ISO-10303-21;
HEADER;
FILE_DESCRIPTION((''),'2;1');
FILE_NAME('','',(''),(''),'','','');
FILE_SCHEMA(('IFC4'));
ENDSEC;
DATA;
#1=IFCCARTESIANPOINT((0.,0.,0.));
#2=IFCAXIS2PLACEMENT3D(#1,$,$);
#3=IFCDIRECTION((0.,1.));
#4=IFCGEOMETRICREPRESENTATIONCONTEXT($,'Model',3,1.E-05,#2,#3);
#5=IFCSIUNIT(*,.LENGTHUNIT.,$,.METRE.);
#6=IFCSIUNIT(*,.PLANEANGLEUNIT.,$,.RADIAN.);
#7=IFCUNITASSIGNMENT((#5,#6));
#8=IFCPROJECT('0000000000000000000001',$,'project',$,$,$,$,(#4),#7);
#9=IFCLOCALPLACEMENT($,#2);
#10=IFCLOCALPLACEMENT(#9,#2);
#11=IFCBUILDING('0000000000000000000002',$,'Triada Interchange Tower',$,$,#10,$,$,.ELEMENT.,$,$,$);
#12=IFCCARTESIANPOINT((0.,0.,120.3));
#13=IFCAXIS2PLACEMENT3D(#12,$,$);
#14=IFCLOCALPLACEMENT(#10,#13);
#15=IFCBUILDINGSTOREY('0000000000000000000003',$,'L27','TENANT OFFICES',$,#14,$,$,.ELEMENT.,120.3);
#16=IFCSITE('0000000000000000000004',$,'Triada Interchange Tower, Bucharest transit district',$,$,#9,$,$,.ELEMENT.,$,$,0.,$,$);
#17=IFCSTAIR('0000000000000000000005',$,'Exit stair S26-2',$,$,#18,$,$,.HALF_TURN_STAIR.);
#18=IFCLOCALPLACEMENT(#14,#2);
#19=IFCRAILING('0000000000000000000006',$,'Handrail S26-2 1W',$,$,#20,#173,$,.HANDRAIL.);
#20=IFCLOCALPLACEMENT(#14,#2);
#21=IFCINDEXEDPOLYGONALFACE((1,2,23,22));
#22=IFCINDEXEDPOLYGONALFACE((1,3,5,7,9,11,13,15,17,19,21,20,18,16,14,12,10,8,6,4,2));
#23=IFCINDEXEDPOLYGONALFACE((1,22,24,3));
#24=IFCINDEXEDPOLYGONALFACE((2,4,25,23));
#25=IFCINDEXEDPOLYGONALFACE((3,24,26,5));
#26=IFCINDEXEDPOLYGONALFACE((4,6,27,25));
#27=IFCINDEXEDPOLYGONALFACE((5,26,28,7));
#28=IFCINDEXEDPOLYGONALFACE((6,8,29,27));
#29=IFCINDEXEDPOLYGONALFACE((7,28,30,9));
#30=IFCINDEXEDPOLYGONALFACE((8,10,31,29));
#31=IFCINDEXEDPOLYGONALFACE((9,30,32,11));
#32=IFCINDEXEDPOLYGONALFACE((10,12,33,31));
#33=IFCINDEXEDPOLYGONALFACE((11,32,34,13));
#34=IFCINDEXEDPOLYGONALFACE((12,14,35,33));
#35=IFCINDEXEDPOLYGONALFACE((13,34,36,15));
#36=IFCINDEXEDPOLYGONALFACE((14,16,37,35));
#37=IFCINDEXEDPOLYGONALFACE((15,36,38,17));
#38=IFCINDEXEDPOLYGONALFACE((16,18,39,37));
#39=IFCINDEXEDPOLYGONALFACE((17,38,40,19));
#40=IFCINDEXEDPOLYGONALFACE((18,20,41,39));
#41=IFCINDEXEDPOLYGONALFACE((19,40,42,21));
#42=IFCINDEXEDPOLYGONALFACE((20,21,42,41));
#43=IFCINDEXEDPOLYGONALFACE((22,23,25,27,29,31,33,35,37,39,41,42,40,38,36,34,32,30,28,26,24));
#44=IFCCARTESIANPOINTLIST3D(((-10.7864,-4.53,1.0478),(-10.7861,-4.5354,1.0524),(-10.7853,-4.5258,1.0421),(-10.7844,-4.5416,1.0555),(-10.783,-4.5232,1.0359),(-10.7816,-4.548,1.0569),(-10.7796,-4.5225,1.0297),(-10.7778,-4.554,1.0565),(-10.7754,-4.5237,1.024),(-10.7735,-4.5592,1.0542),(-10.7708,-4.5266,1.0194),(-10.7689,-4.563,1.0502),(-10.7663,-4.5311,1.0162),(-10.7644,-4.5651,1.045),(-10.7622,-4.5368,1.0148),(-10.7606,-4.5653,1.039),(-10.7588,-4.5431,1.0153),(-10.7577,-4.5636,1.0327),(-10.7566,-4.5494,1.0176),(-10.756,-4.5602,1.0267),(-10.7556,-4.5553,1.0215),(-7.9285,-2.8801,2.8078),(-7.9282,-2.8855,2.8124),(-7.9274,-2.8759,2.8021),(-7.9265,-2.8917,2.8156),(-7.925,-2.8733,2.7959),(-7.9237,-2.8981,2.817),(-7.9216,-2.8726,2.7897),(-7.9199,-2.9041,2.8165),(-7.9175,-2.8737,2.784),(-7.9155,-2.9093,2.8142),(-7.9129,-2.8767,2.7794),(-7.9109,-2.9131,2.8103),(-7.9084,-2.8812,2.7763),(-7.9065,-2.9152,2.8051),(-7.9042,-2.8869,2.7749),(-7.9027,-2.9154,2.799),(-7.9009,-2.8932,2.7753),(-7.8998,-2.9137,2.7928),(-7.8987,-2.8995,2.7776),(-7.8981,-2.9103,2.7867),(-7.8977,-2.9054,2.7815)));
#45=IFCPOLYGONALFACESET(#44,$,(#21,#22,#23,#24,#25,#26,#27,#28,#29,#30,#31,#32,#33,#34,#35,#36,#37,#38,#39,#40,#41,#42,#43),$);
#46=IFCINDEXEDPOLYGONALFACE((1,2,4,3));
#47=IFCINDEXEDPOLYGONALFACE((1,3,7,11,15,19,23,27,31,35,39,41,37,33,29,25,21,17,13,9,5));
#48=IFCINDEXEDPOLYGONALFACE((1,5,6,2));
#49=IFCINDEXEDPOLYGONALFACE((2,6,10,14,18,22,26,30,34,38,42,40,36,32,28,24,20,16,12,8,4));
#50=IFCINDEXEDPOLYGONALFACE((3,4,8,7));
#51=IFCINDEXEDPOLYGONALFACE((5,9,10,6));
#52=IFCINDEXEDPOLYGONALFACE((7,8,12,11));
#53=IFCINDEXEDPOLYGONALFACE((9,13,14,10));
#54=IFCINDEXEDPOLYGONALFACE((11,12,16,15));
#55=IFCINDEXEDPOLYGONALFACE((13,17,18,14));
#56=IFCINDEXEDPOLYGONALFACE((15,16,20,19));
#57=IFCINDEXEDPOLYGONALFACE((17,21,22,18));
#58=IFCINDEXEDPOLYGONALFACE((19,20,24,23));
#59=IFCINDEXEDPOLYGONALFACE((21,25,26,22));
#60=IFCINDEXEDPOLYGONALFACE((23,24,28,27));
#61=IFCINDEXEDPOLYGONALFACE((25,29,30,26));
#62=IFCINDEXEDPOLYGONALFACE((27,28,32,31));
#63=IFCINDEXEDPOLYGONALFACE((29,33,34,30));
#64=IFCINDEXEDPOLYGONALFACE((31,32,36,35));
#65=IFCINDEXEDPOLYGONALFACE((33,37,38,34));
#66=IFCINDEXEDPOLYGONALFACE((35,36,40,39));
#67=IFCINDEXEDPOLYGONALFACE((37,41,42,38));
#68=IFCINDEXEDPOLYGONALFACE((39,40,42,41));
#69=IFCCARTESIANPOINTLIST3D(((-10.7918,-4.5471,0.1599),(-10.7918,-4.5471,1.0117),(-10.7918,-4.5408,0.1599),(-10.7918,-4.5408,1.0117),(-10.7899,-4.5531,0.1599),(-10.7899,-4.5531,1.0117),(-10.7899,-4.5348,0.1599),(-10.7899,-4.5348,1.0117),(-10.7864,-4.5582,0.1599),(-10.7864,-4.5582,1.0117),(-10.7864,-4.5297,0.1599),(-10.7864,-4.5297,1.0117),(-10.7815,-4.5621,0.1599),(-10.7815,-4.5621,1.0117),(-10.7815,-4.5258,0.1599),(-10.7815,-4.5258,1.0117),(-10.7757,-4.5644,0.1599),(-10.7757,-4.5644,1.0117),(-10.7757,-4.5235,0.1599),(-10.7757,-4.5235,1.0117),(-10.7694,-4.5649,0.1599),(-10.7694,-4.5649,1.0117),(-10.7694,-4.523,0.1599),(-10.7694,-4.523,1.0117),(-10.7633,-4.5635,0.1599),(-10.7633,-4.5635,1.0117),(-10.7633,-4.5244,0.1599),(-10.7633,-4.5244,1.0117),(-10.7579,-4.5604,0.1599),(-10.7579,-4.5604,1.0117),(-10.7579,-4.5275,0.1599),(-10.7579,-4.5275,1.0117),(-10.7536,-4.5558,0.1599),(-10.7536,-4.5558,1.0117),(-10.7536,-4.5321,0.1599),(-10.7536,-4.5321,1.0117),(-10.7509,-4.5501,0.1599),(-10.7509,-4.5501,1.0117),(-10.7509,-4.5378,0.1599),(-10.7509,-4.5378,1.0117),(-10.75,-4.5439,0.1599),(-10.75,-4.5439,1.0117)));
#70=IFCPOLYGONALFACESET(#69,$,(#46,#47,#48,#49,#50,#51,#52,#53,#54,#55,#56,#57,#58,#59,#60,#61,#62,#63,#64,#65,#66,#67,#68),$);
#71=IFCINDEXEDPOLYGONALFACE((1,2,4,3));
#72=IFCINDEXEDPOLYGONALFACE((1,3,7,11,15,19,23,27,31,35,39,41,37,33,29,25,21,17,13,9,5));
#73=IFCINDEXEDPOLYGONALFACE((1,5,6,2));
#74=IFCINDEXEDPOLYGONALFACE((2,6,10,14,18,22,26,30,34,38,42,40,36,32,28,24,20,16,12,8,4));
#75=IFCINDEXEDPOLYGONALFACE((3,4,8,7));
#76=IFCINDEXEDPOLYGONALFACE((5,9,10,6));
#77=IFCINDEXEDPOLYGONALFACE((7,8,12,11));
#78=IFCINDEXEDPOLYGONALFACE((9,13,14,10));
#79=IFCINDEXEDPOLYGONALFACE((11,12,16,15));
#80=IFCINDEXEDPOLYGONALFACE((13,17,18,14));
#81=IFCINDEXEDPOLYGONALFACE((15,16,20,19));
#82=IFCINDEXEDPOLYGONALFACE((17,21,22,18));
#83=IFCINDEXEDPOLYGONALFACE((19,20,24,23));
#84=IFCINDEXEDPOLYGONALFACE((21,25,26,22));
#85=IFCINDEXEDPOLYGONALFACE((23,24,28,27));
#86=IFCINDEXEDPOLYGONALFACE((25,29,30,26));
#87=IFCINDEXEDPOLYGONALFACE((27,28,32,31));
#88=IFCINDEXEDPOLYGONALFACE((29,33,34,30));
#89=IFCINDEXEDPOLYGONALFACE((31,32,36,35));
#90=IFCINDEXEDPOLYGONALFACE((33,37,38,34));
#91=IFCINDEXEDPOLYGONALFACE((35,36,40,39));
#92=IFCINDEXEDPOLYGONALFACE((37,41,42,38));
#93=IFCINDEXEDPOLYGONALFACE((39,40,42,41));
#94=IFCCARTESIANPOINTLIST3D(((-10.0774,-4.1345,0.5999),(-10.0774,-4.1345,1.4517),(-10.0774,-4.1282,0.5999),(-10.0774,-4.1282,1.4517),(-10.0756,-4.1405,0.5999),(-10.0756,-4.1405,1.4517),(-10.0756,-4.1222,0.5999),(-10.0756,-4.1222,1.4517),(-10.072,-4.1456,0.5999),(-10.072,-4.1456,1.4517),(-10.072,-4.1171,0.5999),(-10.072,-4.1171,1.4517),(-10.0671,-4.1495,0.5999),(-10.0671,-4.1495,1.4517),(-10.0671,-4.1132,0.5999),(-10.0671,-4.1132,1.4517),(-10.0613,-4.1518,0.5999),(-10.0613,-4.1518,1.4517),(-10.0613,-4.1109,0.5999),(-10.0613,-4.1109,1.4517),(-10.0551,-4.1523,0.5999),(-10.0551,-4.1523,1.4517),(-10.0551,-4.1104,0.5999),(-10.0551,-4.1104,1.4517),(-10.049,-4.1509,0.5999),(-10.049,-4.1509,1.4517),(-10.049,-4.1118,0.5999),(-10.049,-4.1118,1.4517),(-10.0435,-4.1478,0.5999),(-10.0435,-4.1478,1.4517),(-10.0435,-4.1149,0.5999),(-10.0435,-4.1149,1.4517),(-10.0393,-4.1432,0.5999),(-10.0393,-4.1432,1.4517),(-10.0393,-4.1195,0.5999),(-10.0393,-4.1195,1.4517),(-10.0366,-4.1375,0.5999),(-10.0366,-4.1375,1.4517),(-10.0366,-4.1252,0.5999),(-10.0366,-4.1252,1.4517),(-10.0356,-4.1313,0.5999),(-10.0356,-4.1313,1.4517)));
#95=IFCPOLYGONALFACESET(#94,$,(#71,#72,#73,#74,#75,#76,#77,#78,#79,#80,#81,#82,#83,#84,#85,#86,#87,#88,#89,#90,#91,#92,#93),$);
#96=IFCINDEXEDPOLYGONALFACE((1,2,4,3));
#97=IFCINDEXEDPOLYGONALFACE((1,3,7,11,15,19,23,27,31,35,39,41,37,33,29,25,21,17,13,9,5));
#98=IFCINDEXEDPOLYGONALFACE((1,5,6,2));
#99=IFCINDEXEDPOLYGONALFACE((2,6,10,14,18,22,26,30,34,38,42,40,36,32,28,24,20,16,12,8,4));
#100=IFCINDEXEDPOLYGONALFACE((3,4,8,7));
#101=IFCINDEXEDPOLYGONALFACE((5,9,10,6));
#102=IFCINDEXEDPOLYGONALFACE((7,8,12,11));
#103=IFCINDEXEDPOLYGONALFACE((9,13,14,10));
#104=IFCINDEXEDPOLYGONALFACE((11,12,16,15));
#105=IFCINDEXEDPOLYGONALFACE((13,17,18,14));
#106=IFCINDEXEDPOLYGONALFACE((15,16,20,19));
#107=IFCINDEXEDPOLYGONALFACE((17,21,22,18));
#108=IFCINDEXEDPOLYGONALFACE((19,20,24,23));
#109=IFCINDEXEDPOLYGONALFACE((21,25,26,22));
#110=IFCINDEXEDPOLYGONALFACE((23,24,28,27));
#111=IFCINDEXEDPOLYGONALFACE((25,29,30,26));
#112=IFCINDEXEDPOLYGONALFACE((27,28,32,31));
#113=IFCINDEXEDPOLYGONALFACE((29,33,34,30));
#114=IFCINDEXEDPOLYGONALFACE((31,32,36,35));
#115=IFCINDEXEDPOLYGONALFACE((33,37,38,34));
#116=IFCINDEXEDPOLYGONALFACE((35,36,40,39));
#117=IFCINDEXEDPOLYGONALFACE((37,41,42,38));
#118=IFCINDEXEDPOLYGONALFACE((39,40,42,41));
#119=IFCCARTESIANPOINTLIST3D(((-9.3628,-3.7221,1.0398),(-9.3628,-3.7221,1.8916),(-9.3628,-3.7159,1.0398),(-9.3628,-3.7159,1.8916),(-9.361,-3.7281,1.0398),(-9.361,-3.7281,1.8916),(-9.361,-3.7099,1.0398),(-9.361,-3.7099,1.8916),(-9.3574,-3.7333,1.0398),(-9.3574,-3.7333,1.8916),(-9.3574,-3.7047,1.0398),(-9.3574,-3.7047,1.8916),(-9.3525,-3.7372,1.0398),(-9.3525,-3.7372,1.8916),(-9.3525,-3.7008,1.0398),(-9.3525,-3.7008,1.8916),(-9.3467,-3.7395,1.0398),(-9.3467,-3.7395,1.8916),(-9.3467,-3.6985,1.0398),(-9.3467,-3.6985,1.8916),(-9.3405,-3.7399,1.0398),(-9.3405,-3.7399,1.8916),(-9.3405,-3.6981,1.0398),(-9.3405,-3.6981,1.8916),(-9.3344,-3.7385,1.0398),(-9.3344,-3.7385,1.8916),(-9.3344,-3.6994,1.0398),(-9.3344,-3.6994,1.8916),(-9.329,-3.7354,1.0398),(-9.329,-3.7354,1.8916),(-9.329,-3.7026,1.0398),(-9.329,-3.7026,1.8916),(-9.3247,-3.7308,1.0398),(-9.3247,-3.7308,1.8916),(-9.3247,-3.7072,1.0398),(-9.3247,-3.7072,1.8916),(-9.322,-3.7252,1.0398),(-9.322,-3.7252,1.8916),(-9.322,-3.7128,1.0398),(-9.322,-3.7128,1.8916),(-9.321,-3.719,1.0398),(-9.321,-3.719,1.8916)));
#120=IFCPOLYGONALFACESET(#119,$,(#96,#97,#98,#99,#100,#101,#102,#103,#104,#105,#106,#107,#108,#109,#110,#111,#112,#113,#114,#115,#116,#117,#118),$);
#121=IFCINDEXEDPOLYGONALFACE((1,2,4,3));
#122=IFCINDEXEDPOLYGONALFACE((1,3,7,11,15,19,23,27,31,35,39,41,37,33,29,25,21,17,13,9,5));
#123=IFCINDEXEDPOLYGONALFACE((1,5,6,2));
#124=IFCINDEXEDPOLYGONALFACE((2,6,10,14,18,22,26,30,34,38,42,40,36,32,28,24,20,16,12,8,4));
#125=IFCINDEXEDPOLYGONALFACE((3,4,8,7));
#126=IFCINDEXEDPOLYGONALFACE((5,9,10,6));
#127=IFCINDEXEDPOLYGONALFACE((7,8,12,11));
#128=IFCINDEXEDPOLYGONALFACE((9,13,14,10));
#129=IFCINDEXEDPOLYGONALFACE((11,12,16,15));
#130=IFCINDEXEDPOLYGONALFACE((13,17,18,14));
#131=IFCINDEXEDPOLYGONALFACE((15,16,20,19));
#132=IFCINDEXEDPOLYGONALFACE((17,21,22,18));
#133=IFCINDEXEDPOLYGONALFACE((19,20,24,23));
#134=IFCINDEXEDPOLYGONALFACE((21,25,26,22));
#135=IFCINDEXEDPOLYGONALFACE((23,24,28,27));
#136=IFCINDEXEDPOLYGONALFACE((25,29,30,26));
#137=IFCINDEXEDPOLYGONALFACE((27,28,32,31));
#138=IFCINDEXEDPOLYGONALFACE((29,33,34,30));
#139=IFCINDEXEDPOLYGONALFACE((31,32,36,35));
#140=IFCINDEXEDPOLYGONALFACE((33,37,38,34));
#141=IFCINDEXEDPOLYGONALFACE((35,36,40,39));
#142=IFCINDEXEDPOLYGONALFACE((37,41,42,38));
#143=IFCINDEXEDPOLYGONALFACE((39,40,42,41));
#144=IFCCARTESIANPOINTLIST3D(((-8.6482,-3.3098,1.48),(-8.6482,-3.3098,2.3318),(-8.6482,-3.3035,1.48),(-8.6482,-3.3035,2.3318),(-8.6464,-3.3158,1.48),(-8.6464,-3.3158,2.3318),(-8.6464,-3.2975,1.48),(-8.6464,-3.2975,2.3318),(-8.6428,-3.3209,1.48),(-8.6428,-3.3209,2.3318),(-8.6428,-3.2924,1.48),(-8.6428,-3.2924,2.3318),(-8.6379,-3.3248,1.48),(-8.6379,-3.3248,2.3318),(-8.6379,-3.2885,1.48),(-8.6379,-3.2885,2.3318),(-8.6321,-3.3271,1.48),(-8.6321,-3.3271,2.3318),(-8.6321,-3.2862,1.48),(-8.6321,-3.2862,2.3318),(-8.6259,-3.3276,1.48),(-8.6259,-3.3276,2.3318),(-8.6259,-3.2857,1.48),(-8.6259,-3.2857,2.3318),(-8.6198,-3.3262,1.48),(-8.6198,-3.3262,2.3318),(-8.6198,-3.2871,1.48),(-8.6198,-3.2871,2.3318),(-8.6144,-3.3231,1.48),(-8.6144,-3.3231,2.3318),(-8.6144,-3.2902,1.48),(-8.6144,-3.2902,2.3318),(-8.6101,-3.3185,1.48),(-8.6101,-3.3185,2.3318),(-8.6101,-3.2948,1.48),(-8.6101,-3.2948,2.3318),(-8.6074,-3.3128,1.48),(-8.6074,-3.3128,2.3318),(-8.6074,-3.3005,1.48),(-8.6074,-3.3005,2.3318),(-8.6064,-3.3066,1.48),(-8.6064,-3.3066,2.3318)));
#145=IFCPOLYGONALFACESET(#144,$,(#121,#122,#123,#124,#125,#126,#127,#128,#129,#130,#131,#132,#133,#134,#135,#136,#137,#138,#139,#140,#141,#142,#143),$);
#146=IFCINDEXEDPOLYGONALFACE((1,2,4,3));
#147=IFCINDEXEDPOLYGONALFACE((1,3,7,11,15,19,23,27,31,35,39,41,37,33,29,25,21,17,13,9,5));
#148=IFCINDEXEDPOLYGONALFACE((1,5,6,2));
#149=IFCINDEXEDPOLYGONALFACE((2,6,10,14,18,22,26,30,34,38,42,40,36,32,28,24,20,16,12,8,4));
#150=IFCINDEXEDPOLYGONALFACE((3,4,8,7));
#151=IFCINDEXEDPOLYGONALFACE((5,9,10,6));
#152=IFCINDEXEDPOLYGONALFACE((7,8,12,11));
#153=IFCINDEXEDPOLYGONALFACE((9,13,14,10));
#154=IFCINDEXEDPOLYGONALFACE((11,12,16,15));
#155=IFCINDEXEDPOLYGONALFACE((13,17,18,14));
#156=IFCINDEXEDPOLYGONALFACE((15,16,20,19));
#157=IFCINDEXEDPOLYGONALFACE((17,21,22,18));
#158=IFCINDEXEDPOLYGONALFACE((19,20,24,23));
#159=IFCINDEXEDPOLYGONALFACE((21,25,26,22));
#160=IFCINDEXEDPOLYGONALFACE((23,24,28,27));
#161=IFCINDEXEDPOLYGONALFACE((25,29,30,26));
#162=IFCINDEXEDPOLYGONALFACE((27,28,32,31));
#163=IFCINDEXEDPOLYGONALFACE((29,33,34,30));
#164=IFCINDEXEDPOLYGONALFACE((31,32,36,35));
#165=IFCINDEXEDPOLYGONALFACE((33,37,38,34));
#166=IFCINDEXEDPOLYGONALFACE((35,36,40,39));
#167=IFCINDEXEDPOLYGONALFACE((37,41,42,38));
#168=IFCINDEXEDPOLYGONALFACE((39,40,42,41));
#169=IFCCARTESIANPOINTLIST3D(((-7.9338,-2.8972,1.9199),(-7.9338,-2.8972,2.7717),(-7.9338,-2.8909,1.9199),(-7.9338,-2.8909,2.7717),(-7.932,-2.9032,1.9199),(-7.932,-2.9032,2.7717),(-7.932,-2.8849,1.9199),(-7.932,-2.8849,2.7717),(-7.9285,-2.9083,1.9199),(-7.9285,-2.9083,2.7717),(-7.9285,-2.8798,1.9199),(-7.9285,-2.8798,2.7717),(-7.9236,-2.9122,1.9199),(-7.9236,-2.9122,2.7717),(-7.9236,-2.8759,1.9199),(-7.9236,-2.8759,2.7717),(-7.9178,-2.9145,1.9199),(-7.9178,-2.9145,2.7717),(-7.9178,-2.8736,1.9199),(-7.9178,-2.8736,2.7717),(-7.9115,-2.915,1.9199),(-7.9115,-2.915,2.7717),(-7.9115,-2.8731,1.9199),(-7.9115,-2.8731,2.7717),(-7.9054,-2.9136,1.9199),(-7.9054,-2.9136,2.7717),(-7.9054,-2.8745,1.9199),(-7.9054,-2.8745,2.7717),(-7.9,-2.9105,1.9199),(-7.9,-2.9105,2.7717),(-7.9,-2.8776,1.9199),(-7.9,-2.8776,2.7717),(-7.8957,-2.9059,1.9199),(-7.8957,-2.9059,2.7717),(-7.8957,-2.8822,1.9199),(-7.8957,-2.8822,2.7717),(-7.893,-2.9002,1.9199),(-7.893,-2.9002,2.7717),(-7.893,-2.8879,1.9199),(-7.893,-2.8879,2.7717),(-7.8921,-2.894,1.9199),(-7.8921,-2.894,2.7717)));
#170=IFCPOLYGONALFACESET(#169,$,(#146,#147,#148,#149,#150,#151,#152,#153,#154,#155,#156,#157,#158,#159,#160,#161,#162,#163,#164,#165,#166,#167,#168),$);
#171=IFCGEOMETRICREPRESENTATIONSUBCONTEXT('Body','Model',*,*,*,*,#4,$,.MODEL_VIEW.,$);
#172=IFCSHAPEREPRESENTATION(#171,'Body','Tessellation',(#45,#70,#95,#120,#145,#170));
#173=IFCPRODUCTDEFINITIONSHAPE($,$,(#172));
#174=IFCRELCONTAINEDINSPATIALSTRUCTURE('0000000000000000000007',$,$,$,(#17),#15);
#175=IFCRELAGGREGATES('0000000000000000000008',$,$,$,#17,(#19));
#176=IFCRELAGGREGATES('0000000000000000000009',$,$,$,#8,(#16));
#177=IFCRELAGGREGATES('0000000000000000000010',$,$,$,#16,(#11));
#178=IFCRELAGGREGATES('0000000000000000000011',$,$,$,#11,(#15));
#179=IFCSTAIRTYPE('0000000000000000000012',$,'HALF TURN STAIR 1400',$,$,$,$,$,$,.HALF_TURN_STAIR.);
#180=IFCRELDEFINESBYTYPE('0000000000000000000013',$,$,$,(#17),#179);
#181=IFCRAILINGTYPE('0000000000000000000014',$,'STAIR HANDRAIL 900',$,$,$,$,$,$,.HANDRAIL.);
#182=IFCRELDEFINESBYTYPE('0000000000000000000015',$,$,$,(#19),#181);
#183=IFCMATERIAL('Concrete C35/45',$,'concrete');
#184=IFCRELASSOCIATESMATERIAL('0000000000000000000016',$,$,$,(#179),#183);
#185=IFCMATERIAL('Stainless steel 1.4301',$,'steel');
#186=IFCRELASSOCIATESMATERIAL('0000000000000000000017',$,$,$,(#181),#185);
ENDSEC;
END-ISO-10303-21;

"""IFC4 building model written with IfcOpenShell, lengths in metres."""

from ifc_helpers import new_model, si_unit, direction, frame, origin, origin_2d, place, context, subcontext, project, spatial, circle, extrude, material, type_object, element, aggregate, save


model = new_model("IFC4")

# Units and contexts
model_context = context("Model", 3, precision=1e-05, world=origin(), true_north=direction((0.0, 1.0)))
body_context = subcontext(model_context, "Body", "Model", "MODEL_VIEW")
ifc_project = project(units=[si_unit("LENGTHUNIT", "METRE"), si_unit("PLANEANGLEUNIT", "RADIAN")], contexts=[model_context])

# Site, building, storey
site_placement = place(None, origin())
site = spatial("IfcSite", under=ifc_project, at=site_placement, Name="Triada Interchange Tower, Bucharest transit district", CompositionType="ELEMENT", RefElevation=0.0)
building_placement = place(site_placement, origin())
building = spatial("IfcBuilding", under=site, at=building_placement, Name="Triada Interchange Tower", CompositionType="ELEMENT")
storey_placement = place(building_placement, frame((0.0, 0.0, 120.3)))
storey = spatial("IfcBuildingStorey", under=building, at=storey_placement, Name="L27", Description="TENANT OFFICES", CompositionType="ELEMENT", Elevation=120.3)

# Stair, railing
ifc_material_1 = material(Name="Concrete C35/45", Category="concrete")
stair_type = type_object("IfcStairType", Name="HALF TURN STAIR 1400", PredefinedType="HALF_TURN_STAIR", material=ifc_material_1)
stair_placement = place(storey_placement, origin())
stair = element("IfcStair", 1, at=stair_placement, inside=storey, type_object=stair_type, Name="Exit stair S26-2", PredefinedType="HALF_TURN_STAIR")
ifc_material_2 = material(Name="Stainless steel 1.4301", Category="steel")
railing_type = type_object("IfcRailingType", Name="STAIR HANDRAIL 900", PredefinedType="HANDRAIL", material=ifc_material_2)
railing_1_placement = place(storey_placement, frame((-10.771, -4.5439, 0.1599)))
railing_1 = element("IfcRailing", 2, at=railing_1_placement, type_object=railing_type, Name="Handrail S26-2 1W", PredefinedType="HANDRAIL", context=body_context, shape_type="SweptSolid", body=[
    extrude(circle(Radius=0.0239, at=origin_2d()), frame((0.0, 0.0, 0.876), z_axis=(0.764151, 0.441153, 0.470593), x_axis=(-0.499974, 0.86604, 0.0)), (0.0, 0.0, 1.0), 3.74),
    extrude(circle(Radius=0.021, at=origin_2d()), origin(), (0.0, 0.0, 1.0), 0.8518),
    extrude(circle(Radius=0.021, at=origin_2d()), frame((0.7144, 0.4126, 0.4399)), (0.0, 0.0, 1.0), 0.8518),
    extrude(circle(Radius=0.021, at=origin_2d()), frame((1.429, 0.825, 0.8799)), (0.0, 0.0, 1.0), 0.8518),
    extrude(circle(Radius=0.021, at=origin_2d()), frame((2.1436, 1.2373, 1.3201)), (0.0, 0.0, 1.0), 0.8518),
    extrude(circle(Radius=0.021, at=origin_2d()), frame((2.8579, 1.6499, 1.76)), (0.0, 0.0, 1.0), 0.8518),
])
aggregate(stair, [railing_1])

save(model, "model.ifc")
